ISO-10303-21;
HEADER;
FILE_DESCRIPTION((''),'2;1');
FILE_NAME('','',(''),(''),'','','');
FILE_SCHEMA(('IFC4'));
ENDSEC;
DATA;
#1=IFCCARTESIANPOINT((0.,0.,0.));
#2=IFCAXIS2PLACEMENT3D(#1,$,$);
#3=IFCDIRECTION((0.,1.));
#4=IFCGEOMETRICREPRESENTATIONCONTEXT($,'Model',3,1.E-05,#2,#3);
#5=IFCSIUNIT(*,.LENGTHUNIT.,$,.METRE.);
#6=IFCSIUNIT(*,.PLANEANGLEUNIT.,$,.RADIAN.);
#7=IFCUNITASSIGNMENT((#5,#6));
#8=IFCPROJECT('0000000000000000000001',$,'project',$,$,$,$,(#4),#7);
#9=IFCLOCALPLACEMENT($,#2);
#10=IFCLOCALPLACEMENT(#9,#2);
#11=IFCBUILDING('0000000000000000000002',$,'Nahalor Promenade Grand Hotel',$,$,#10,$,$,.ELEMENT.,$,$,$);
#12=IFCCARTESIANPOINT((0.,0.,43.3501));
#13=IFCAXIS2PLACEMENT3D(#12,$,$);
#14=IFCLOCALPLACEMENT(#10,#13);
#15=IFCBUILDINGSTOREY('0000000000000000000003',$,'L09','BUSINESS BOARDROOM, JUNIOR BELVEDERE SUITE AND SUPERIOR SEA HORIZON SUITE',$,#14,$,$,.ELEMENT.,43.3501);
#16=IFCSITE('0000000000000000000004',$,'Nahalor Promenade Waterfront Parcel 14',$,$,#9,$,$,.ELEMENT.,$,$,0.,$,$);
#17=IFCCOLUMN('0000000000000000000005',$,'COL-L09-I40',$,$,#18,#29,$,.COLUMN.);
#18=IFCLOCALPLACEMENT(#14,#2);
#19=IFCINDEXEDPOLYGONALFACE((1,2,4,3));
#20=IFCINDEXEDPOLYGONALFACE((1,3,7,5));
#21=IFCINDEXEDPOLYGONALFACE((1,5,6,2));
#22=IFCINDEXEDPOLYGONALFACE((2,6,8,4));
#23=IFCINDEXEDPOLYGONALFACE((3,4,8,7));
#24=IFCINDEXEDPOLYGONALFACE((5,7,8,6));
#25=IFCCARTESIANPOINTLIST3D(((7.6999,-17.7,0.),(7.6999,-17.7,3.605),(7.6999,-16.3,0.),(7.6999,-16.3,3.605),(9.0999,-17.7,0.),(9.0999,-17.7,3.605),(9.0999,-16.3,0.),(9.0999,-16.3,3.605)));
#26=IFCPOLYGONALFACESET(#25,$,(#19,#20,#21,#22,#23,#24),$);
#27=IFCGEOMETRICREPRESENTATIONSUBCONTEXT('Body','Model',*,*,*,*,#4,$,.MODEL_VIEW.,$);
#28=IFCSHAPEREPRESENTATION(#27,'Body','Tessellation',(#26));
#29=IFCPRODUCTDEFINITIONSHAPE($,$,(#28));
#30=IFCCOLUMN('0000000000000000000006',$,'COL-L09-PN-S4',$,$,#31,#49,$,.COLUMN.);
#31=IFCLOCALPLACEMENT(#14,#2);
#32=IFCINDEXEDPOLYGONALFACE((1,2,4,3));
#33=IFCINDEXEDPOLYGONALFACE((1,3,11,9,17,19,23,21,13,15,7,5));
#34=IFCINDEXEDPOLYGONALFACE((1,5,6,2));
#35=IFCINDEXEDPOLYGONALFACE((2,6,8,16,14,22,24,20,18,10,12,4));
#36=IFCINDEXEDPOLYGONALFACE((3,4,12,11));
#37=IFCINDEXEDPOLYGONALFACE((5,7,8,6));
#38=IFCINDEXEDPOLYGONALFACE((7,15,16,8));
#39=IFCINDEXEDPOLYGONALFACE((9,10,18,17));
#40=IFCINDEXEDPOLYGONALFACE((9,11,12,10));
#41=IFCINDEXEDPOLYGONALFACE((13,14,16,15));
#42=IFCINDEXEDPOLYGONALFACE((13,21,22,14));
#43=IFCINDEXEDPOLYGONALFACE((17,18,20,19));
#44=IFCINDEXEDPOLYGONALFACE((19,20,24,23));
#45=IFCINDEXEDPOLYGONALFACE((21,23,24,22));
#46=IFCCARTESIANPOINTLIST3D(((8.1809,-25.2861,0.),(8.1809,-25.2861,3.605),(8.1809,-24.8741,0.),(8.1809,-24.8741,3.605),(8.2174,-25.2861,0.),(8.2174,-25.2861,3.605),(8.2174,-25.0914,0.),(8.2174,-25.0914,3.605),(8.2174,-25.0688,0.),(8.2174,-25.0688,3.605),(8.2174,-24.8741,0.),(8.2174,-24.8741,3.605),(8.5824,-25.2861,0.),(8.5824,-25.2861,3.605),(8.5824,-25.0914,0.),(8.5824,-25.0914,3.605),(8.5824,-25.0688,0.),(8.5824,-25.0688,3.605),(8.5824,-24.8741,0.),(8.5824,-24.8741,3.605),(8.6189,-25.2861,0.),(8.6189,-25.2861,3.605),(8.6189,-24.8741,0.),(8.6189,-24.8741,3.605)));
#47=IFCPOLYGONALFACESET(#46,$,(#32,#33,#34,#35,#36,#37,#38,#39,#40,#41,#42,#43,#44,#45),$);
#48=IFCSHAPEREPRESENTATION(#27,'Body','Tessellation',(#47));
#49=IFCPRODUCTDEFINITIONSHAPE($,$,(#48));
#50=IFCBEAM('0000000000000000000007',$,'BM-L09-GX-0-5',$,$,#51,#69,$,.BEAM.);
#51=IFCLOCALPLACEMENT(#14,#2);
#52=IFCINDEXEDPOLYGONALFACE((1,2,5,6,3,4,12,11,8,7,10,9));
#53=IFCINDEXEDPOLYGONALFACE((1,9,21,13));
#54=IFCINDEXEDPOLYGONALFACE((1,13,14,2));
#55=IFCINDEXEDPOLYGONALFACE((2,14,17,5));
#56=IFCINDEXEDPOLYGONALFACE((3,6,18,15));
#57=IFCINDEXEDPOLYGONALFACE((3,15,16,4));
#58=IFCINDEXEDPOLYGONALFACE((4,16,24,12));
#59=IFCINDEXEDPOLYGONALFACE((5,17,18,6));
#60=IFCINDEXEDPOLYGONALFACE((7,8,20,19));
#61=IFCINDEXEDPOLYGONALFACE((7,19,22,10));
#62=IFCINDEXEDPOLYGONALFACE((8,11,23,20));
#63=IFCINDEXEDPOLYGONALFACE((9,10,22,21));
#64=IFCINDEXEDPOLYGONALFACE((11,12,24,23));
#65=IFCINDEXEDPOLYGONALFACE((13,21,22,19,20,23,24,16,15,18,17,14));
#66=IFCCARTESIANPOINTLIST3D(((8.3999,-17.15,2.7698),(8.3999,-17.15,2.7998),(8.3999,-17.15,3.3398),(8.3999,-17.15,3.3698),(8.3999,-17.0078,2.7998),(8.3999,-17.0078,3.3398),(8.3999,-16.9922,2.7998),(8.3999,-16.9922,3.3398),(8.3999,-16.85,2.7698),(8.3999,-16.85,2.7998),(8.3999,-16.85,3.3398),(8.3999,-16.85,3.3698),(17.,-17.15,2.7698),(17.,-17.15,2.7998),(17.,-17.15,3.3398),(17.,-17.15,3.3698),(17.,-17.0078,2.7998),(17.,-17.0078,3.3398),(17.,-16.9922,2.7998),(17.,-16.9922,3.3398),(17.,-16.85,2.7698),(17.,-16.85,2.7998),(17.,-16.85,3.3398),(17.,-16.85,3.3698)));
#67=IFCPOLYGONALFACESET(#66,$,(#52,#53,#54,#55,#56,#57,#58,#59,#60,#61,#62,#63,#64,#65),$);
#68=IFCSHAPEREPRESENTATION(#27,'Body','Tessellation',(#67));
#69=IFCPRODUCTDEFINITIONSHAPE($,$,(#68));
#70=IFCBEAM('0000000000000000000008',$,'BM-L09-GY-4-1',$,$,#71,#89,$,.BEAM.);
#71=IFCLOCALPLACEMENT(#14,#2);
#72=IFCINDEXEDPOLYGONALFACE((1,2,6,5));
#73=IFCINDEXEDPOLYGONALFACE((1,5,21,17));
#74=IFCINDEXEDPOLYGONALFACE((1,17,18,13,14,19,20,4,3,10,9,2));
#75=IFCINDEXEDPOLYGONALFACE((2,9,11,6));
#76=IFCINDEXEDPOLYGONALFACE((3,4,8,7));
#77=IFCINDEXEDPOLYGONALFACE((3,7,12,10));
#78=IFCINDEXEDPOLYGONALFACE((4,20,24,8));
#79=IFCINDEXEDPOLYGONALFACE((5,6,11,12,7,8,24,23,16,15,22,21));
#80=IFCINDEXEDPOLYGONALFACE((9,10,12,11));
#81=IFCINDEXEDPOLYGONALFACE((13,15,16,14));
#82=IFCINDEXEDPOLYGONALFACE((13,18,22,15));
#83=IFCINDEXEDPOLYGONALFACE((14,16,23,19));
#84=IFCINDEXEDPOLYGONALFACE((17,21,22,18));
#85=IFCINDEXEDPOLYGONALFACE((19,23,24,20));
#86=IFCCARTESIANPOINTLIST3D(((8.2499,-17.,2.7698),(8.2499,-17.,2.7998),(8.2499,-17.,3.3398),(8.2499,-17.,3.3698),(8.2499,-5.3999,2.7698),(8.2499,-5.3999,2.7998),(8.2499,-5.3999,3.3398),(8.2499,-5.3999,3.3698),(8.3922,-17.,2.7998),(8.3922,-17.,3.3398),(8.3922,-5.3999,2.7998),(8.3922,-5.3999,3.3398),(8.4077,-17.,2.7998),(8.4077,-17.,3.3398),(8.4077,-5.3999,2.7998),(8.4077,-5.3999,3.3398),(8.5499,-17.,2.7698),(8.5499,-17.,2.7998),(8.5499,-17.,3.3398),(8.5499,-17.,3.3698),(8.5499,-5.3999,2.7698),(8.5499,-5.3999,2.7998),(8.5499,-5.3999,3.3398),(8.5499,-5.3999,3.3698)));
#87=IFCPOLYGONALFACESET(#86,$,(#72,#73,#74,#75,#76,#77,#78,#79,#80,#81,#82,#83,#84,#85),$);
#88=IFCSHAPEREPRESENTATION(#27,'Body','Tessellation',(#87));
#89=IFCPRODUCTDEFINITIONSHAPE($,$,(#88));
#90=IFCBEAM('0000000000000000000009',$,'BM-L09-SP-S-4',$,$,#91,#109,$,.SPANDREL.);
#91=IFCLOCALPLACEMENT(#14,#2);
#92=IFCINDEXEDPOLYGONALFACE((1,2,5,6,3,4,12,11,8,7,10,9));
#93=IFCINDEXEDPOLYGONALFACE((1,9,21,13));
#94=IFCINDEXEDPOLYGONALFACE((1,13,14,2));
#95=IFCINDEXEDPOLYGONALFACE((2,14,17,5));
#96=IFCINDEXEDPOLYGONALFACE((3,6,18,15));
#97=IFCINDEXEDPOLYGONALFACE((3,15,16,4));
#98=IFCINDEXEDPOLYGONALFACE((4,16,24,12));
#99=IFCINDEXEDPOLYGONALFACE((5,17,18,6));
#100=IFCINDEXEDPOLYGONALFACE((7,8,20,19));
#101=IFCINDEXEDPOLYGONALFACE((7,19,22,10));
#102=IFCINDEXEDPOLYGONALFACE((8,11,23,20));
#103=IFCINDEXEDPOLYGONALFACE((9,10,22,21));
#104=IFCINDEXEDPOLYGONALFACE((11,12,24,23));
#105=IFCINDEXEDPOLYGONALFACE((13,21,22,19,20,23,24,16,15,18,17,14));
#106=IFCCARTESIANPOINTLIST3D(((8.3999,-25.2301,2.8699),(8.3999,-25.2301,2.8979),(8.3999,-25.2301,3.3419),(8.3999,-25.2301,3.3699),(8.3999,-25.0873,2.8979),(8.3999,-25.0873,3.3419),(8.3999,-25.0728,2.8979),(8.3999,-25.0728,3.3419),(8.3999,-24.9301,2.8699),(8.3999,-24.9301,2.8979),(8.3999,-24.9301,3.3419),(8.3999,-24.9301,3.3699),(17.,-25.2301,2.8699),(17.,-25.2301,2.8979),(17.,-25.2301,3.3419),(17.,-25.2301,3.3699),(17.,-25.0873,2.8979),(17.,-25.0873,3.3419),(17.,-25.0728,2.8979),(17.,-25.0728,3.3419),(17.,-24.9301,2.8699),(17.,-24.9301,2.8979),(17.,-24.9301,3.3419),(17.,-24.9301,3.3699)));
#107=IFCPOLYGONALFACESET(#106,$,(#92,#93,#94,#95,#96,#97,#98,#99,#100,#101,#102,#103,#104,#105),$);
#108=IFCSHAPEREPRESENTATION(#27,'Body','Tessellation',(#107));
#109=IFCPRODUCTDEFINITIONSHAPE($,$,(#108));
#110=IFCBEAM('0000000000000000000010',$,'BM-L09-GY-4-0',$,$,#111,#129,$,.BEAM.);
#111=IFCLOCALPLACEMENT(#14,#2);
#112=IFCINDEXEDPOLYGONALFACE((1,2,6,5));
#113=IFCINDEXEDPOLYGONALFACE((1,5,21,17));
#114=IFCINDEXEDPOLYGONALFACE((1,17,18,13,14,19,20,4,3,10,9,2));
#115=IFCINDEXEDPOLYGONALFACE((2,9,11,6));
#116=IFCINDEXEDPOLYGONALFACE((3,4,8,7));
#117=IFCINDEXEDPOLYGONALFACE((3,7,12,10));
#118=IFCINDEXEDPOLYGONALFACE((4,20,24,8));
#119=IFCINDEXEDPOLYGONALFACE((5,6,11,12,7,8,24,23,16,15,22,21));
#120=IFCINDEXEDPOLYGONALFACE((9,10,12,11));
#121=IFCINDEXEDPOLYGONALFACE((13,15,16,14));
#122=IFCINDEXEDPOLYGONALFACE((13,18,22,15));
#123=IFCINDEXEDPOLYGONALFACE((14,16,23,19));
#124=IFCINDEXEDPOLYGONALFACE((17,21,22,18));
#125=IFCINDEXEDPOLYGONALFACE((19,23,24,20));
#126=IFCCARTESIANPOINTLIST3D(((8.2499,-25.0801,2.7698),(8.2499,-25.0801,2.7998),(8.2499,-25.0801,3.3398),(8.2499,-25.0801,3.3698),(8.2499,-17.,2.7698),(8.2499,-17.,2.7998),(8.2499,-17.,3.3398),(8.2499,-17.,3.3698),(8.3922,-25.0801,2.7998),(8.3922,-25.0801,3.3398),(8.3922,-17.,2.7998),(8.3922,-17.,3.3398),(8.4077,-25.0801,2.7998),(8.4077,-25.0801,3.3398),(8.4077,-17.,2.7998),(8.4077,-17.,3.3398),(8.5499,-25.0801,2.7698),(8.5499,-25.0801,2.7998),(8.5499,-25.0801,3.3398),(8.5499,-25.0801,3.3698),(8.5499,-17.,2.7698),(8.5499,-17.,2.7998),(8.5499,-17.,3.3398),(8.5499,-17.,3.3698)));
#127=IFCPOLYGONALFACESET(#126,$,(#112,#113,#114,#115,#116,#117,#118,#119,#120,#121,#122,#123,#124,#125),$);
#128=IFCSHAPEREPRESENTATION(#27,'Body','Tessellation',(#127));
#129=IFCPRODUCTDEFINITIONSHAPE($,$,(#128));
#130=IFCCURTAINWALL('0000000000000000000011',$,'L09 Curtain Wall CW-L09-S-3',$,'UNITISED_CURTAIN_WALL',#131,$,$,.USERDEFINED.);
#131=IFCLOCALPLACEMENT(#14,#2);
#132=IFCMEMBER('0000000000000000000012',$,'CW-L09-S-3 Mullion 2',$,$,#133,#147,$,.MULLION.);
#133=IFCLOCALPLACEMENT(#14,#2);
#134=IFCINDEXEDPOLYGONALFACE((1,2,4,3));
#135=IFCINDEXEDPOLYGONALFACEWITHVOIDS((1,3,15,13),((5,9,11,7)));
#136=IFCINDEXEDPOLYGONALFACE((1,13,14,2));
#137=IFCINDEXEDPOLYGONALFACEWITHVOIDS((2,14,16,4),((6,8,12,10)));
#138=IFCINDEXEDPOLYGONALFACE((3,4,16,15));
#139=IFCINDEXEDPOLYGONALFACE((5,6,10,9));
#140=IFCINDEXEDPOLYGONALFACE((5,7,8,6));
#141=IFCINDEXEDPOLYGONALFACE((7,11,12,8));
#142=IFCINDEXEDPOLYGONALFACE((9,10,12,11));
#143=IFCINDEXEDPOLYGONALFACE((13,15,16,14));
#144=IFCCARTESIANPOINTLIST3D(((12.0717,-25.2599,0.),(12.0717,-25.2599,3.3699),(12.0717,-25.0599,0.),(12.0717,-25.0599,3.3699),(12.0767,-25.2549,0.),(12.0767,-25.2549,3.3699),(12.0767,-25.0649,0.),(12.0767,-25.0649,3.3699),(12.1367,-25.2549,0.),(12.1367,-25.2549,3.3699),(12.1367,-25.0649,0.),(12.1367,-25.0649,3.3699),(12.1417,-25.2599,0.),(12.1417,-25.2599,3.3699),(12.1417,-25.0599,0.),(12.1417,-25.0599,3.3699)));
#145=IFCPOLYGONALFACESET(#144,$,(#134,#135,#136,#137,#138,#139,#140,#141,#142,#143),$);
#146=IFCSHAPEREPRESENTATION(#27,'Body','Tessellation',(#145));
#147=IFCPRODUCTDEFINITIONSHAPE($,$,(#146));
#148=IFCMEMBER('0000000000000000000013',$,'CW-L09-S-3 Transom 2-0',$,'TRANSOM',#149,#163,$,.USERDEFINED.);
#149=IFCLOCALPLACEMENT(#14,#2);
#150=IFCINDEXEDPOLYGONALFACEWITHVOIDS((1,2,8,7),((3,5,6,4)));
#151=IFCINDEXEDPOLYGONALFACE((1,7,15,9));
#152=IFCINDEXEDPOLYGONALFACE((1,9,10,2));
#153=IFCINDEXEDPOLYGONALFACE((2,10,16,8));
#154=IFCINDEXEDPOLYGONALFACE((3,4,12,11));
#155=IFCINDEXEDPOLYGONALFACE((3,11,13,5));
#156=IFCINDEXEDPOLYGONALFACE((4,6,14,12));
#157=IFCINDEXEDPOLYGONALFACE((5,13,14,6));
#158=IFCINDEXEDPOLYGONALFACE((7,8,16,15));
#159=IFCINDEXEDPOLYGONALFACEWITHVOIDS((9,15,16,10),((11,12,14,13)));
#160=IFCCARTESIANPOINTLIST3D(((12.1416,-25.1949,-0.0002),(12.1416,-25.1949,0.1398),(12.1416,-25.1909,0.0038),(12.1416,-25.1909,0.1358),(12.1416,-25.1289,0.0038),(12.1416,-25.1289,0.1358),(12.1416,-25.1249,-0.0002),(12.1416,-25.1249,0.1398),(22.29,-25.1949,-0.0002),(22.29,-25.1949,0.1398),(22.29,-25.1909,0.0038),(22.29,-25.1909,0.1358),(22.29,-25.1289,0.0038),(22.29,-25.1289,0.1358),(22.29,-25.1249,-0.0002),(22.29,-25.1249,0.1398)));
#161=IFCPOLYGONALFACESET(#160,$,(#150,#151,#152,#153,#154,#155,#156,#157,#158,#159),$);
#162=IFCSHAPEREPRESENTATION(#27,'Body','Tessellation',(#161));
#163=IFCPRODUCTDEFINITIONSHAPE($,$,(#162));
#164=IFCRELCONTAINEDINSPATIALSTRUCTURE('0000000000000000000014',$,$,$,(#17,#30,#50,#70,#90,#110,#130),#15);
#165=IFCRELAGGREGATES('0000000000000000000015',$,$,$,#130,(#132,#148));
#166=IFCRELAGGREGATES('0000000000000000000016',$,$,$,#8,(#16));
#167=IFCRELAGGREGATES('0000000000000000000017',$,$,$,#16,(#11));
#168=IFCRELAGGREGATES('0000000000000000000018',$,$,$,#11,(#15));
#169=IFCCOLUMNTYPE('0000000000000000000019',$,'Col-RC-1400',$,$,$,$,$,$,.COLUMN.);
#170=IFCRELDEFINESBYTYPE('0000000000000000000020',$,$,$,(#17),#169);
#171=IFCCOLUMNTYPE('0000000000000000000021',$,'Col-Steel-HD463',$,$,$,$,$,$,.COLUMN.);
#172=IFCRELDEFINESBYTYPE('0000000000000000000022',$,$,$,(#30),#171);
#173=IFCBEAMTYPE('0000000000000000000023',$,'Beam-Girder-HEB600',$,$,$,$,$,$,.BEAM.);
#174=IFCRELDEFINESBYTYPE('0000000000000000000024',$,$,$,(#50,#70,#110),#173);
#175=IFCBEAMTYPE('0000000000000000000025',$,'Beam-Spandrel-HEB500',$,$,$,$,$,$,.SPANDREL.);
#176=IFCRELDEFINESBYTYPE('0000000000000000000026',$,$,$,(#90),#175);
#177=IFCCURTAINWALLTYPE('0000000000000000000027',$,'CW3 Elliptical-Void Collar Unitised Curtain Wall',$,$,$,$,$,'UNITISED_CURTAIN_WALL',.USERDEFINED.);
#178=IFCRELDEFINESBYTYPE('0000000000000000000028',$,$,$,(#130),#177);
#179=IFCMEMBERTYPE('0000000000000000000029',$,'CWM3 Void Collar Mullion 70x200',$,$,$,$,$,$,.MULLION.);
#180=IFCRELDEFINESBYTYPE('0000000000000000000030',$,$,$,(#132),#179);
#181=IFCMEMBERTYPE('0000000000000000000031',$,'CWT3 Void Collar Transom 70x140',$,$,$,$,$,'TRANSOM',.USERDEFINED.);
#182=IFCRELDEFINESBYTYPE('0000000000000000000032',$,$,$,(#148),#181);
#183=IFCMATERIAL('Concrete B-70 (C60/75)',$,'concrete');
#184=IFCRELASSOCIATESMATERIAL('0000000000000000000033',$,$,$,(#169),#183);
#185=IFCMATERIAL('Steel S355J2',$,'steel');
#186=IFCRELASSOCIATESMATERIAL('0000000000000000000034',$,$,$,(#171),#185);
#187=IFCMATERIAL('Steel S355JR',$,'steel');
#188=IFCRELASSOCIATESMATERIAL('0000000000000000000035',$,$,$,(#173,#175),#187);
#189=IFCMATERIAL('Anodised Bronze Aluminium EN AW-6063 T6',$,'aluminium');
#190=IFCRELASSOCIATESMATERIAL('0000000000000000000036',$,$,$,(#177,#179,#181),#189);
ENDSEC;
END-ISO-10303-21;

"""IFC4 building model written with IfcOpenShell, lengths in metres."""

from ifc_helpers import new_model, si_unit, direction, frame, origin, origin_2d, place, context, subcontext, project, spatial, rectangle, hollow_rectangle, i_section, extrude, source, transform, mapped, material, material_profile, profile_set, type_object, element, aggregate, save


model = new_model("IFC4")

# Units and contexts
model_context = context("Model", 3, precision=1e-05, world=origin(), true_north=direction((0.0, 1.0)))
body_context = subcontext(model_context, "Body", "Model", "MODEL_VIEW")
ifc_project = project(units=[si_unit("LENGTHUNIT", "METRE"), si_unit("PLANEANGLEUNIT", "RADIAN")], contexts=[model_context])

# Site, building, storey
site_placement = place(None, origin())
site = spatial("IfcSite", under=ifc_project, at=site_placement, Name="Nahalor Promenade Waterfront Parcel 14", CompositionType="ELEMENT", RefElevation=0.0)
building_placement = place(site_placement, origin())
building = spatial("IfcBuilding", under=site, at=building_placement, Name="Nahalor Promenade Grand Hotel", CompositionType="ELEMENT")
storey_placement = place(building_placement, frame((0.0, 0.0, 43.3501)))
storey = spatial("IfcBuildingStorey", under=building, at=storey_placement, Name="L09", Description="BUSINESS BOARDROOM, JUNIOR BELVEDERE SUITE AND SUPERIOR SEA HORIZON SUITE", CompositionType="ELEMENT", Elevation=43.3501)

# Columns
ifc_material_1 = material(Name="Concrete B-70 (C60/75)", Category="concrete")
ifc_material_profile_1 = material_profile(ifc_material_1, rectangle(XDim=1.4, YDim=1.4, at=origin_2d()), Name="RC 1400x1400")
ifc_profile_set_1 = profile_set([ifc_material_profile_1], Name="Concrete B-70 (C60/75)")
column_type_1 = type_object("IfcColumnType", Name="Col-RC-1400", PredefinedType="COLUMN", material=ifc_profile_set_1)
shared_shape_1 = source(origin(), body_context, "Body", "SweptSolid", [
    extrude(rectangle(XDim=1.4, YDim=1.4, at=origin_2d()), origin(), (0.0, 0.0, 1.0), 3.605),
])
column_1_placement = place(storey_placement, frame((8.3999, -17.0, 0.0), z_axis=(0.0, 0.0, 1.0), x_axis=(1.0, 0.0, 0.0)))
element("IfcColumn", 1, at=column_1_placement, inside=storey, type_object=column_type_1, Name="COL-L09-I40", PredefinedType="COLUMN", context=body_context, shape_type="MappedRepresentation", body=[
    mapped(shared_shape_1, transform((0.0, 0.0, 0.0), scale=1.0)),
])
ifc_material_2 = material(Name="Steel S355J2", Category="steel")
ifc_material_profile_2 = material_profile(ifc_material_2, i_section(OverallWidth=0.412, OverallDepth=0.438, WebThickness=0.0226, FlangeThickness=0.0365, at=origin_2d()), Name="HD 400x463")
ifc_profile_set_2 = profile_set([ifc_material_profile_2], Name="Steel S355J2")
column_type_2 = type_object("IfcColumnType", Name="Col-Steel-HD463", PredefinedType="COLUMN", material=ifc_profile_set_2)
shared_shape_2 = source(origin(), body_context, "Body", "SweptSolid", [
    extrude(i_section(OverallWidth=0.412, OverallDepth=0.438, WebThickness=0.0226, FlangeThickness=0.0365, at=origin_2d()), origin(), (0.0, 0.0, 1.0), 3.605),
])
column_2_placement = place(storey_placement, frame((8.3999, -25.0801, 0.0), z_axis=(0.0, 0.0, 1.0), x_axis=(0.0, 1.0, 0.0)))
element("IfcColumn", 2, at=column_2_placement, inside=storey, type_object=column_type_2, Name="COL-L09-PN-S4", PredefinedType="COLUMN", context=body_context, shape_type="MappedRepresentation", body=[
    mapped(shared_shape_2, transform((0.0, 0.0, 0.0), scale=1.0)),
])

# Beams
ifc_material_3 = material(Name="Steel S355JR", Category="steel")
ifc_material_profile_3 = material_profile(ifc_material_3, i_section(OverallWidth=0.3, OverallDepth=0.6, WebThickness=0.0155, FlangeThickness=0.03, at=origin_2d()), Name="HEB 600")
ifc_profile_set_3 = profile_set([ifc_material_profile_3], Name="Steel S355JR")
beam_type_1 = type_object("IfcBeamType", Name="Beam-Girder-HEB600", PredefinedType="BEAM", material=ifc_profile_set_3)
shared_shape_3 = source(origin(), body_context, "Body", "SweptSolid", [
    extrude(i_section(OverallWidth=0.3, OverallDepth=0.6, WebThickness=0.0155, FlangeThickness=0.03, at=origin_2d()), origin(), (0.0, 0.0, 1.0), 8.6001),
])
beam_1_placement = place(storey_placement, frame((8.3999, -17.0, 3.0698), z_axis=(1.0, 0.0, 0.0), x_axis=(0.0, 1.0, 0.0)))
element("IfcBeam", 3, at=beam_1_placement, inside=storey, type_object=beam_type_1, Name="BM-L09-GX-0-5", PredefinedType="BEAM", context=body_context, shape_type="MappedRepresentation", body=[
    mapped(shared_shape_3, transform((0.0, 0.0, 0.0), scale=1.0)),
])
shared_shape_4 = source(origin(), body_context, "Body", "SweptSolid", [
    extrude(i_section(OverallWidth=0.3, OverallDepth=0.6, WebThickness=0.0155, FlangeThickness=0.03, at=origin_2d()), origin(), (0.0, 0.0, 1.0), 11.6001),
])
beam_2_placement = place(storey_placement, frame((8.3999, -17.0, 3.0698), z_axis=(0.0, 1.0, 0.0), x_axis=(-1.0, 0.0, 0.0)))
element("IfcBeam", 4, at=beam_2_placement, inside=storey, type_object=beam_type_1, Name="BM-L09-GY-4-1", PredefinedType="BEAM", context=body_context, shape_type="MappedRepresentation", body=[
    mapped(shared_shape_4, transform((0.0, 0.0, 0.0), scale=1.0)),
])
ifc_material_profile_4 = material_profile(ifc_material_3, i_section(OverallWidth=0.3, OverallDepth=0.5, WebThickness=0.0145, FlangeThickness=0.028, at=origin_2d()), Name="HEB 500")
ifc_profile_set_4 = profile_set([ifc_material_profile_4], Name="Steel S355JR")
beam_type_2 = type_object("IfcBeamType", Name="Beam-Spandrel-HEB500", PredefinedType="SPANDREL", material=ifc_profile_set_4)
shared_shape_5 = source(origin(), body_context, "Body", "SweptSolid", [
    extrude(i_section(OverallWidth=0.3, OverallDepth=0.5, WebThickness=0.0145, FlangeThickness=0.028, at=origin_2d()), origin(), (0.0, 0.0, 1.0), 8.6001),
])
beam_3_placement = place(storey_placement, frame((8.3999, -25.0801, 3.1199), z_axis=(1.0, 0.0, 0.0), x_axis=(0.0, 1.0, 0.0)))
element("IfcBeam", 5, at=beam_3_placement, inside=storey, type_object=beam_type_2, Name="BM-L09-SP-S-4", PredefinedType="SPANDREL", context=body_context, shape_type="MappedRepresentation", body=[
    mapped(shared_shape_5, transform((0.0, 0.0, 0.0), scale=1.0)),
])
shared_shape_6 = source(origin(), body_context, "Body", "SweptSolid", [
    extrude(i_section(OverallWidth=0.3, OverallDepth=0.6, WebThickness=0.0155, FlangeThickness=0.03, at=origin_2d()), origin(), (0.0, 0.0, 1.0), 8.0801),
])
beam_4_placement = place(storey_placement, frame((8.3999, -25.0801, 3.0698), z_axis=(0.0, 1.0, 0.0), x_axis=(-1.0, 0.0, 0.0)))
element("IfcBeam", 6, at=beam_4_placement, inside=storey, type_object=beam_type_1, Name="BM-L09-GY-4-0", PredefinedType="BEAM", context=body_context, shape_type="MappedRepresentation", body=[
    mapped(shared_shape_6, transform((0.0, 0.0, 0.0), scale=1.0)),
])

# Curtain wall, members
ifc_material_4 = material(Name="Anodised Bronze Aluminium EN AW-6063 T6", Category="aluminium")
curtain_wall_type = type_object("IfcCurtainWallType", Name="CW3 Elliptical-Void Collar Unitised Curtain Wall", ElementType="UNITISED_CURTAIN_WALL", PredefinedType="USERDEFINED", material=ifc_material_4)
curtain_wall_placement = place(storey_placement, origin())
curtain_wall = element("IfcCurtainWall", 7, at=curtain_wall_placement, inside=storey, type_object=curtain_wall_type, Name="L09 Curtain Wall CW-L09-S-3", ObjectType="UNITISED_CURTAIN_WALL", PredefinedType="USERDEFINED")
ifc_material_profile_5 = material_profile(ifc_material_4, hollow_rectangle(XDim=0.07, YDim=0.2, WallThickness=0.005, at=origin_2d()), Name="CWM 70x200x5")
ifc_profile_set_5 = profile_set([ifc_material_profile_5], Name="Anodised Bronze Aluminium EN AW-6063 T6")
member_type_1 = type_object("IfcMemberType", Name="CWM3 Void Collar Mullion 70x200", PredefinedType="MULLION", material=ifc_profile_set_5)
shared_shape_7 = source(origin(), body_context, "Body", "SweptSolid", [
    extrude(hollow_rectangle(XDim=0.07, YDim=0.2, WallThickness=0.005, at=origin_2d()), origin(), (0.0, 0.0, 1.0), 3.3699),
])
member_1_placement = place(storey_placement, frame((12.1067, -25.1599, 0.0), z_axis=(0.0, 0.0, 1.0), x_axis=(1.0, 0.0, 0.0)))
member_1 = element("IfcMember", 8, at=member_1_placement, type_object=member_type_1, Name="CW-L09-S-3 Mullion 2", PredefinedType="MULLION", context=body_context, shape_type="MappedRepresentation", body=[
    mapped(shared_shape_7, transform((0.0, 0.0, 0.0), scale=1.0)),
])
ifc_material_profile_6 = material_profile(ifc_material_4, hollow_rectangle(XDim=0.07, YDim=0.14, WallThickness=0.004, at=origin_2d()), Name="CWT 70x140x4")
ifc_profile_set_6 = profile_set([ifc_material_profile_6], Name="Anodised Bronze Aluminium EN AW-6063 T6")
member_type_2 = type_object("IfcMemberType", Name="CWT3 Void Collar Transom 70x140", ElementType="TRANSOM", PredefinedType="USERDEFINED", material=ifc_profile_set_6)
shared_shape_8 = source(origin(), body_context, "Body", "SweptSolid", [
    extrude(hollow_rectangle(XDim=0.07, YDim=0.14, WallThickness=0.004, at=origin_2d()), origin(), (0.0, 0.0, 1.0), 10.1484),
])
member_2_placement = place(storey_placement, frame((12.1416, -25.1599, 0.0698), z_axis=(1.0, 0.0, 0.0), x_axis=(0.0, 1.0, 0.0)))
member_2 = element("IfcMember", 9, at=member_2_placement, type_object=member_type_2, Name="CW-L09-S-3 Transom 2-0", ObjectType="TRANSOM", PredefinedType="USERDEFINED", context=body_context, shape_type="MappedRepresentation", body=[
    mapped(shared_shape_8, transform((0.0, 0.0, 0.0), scale=1.0)),
])
aggregate(curtain_wall, [member_1, member_2])

save(model, "model.ifc")
